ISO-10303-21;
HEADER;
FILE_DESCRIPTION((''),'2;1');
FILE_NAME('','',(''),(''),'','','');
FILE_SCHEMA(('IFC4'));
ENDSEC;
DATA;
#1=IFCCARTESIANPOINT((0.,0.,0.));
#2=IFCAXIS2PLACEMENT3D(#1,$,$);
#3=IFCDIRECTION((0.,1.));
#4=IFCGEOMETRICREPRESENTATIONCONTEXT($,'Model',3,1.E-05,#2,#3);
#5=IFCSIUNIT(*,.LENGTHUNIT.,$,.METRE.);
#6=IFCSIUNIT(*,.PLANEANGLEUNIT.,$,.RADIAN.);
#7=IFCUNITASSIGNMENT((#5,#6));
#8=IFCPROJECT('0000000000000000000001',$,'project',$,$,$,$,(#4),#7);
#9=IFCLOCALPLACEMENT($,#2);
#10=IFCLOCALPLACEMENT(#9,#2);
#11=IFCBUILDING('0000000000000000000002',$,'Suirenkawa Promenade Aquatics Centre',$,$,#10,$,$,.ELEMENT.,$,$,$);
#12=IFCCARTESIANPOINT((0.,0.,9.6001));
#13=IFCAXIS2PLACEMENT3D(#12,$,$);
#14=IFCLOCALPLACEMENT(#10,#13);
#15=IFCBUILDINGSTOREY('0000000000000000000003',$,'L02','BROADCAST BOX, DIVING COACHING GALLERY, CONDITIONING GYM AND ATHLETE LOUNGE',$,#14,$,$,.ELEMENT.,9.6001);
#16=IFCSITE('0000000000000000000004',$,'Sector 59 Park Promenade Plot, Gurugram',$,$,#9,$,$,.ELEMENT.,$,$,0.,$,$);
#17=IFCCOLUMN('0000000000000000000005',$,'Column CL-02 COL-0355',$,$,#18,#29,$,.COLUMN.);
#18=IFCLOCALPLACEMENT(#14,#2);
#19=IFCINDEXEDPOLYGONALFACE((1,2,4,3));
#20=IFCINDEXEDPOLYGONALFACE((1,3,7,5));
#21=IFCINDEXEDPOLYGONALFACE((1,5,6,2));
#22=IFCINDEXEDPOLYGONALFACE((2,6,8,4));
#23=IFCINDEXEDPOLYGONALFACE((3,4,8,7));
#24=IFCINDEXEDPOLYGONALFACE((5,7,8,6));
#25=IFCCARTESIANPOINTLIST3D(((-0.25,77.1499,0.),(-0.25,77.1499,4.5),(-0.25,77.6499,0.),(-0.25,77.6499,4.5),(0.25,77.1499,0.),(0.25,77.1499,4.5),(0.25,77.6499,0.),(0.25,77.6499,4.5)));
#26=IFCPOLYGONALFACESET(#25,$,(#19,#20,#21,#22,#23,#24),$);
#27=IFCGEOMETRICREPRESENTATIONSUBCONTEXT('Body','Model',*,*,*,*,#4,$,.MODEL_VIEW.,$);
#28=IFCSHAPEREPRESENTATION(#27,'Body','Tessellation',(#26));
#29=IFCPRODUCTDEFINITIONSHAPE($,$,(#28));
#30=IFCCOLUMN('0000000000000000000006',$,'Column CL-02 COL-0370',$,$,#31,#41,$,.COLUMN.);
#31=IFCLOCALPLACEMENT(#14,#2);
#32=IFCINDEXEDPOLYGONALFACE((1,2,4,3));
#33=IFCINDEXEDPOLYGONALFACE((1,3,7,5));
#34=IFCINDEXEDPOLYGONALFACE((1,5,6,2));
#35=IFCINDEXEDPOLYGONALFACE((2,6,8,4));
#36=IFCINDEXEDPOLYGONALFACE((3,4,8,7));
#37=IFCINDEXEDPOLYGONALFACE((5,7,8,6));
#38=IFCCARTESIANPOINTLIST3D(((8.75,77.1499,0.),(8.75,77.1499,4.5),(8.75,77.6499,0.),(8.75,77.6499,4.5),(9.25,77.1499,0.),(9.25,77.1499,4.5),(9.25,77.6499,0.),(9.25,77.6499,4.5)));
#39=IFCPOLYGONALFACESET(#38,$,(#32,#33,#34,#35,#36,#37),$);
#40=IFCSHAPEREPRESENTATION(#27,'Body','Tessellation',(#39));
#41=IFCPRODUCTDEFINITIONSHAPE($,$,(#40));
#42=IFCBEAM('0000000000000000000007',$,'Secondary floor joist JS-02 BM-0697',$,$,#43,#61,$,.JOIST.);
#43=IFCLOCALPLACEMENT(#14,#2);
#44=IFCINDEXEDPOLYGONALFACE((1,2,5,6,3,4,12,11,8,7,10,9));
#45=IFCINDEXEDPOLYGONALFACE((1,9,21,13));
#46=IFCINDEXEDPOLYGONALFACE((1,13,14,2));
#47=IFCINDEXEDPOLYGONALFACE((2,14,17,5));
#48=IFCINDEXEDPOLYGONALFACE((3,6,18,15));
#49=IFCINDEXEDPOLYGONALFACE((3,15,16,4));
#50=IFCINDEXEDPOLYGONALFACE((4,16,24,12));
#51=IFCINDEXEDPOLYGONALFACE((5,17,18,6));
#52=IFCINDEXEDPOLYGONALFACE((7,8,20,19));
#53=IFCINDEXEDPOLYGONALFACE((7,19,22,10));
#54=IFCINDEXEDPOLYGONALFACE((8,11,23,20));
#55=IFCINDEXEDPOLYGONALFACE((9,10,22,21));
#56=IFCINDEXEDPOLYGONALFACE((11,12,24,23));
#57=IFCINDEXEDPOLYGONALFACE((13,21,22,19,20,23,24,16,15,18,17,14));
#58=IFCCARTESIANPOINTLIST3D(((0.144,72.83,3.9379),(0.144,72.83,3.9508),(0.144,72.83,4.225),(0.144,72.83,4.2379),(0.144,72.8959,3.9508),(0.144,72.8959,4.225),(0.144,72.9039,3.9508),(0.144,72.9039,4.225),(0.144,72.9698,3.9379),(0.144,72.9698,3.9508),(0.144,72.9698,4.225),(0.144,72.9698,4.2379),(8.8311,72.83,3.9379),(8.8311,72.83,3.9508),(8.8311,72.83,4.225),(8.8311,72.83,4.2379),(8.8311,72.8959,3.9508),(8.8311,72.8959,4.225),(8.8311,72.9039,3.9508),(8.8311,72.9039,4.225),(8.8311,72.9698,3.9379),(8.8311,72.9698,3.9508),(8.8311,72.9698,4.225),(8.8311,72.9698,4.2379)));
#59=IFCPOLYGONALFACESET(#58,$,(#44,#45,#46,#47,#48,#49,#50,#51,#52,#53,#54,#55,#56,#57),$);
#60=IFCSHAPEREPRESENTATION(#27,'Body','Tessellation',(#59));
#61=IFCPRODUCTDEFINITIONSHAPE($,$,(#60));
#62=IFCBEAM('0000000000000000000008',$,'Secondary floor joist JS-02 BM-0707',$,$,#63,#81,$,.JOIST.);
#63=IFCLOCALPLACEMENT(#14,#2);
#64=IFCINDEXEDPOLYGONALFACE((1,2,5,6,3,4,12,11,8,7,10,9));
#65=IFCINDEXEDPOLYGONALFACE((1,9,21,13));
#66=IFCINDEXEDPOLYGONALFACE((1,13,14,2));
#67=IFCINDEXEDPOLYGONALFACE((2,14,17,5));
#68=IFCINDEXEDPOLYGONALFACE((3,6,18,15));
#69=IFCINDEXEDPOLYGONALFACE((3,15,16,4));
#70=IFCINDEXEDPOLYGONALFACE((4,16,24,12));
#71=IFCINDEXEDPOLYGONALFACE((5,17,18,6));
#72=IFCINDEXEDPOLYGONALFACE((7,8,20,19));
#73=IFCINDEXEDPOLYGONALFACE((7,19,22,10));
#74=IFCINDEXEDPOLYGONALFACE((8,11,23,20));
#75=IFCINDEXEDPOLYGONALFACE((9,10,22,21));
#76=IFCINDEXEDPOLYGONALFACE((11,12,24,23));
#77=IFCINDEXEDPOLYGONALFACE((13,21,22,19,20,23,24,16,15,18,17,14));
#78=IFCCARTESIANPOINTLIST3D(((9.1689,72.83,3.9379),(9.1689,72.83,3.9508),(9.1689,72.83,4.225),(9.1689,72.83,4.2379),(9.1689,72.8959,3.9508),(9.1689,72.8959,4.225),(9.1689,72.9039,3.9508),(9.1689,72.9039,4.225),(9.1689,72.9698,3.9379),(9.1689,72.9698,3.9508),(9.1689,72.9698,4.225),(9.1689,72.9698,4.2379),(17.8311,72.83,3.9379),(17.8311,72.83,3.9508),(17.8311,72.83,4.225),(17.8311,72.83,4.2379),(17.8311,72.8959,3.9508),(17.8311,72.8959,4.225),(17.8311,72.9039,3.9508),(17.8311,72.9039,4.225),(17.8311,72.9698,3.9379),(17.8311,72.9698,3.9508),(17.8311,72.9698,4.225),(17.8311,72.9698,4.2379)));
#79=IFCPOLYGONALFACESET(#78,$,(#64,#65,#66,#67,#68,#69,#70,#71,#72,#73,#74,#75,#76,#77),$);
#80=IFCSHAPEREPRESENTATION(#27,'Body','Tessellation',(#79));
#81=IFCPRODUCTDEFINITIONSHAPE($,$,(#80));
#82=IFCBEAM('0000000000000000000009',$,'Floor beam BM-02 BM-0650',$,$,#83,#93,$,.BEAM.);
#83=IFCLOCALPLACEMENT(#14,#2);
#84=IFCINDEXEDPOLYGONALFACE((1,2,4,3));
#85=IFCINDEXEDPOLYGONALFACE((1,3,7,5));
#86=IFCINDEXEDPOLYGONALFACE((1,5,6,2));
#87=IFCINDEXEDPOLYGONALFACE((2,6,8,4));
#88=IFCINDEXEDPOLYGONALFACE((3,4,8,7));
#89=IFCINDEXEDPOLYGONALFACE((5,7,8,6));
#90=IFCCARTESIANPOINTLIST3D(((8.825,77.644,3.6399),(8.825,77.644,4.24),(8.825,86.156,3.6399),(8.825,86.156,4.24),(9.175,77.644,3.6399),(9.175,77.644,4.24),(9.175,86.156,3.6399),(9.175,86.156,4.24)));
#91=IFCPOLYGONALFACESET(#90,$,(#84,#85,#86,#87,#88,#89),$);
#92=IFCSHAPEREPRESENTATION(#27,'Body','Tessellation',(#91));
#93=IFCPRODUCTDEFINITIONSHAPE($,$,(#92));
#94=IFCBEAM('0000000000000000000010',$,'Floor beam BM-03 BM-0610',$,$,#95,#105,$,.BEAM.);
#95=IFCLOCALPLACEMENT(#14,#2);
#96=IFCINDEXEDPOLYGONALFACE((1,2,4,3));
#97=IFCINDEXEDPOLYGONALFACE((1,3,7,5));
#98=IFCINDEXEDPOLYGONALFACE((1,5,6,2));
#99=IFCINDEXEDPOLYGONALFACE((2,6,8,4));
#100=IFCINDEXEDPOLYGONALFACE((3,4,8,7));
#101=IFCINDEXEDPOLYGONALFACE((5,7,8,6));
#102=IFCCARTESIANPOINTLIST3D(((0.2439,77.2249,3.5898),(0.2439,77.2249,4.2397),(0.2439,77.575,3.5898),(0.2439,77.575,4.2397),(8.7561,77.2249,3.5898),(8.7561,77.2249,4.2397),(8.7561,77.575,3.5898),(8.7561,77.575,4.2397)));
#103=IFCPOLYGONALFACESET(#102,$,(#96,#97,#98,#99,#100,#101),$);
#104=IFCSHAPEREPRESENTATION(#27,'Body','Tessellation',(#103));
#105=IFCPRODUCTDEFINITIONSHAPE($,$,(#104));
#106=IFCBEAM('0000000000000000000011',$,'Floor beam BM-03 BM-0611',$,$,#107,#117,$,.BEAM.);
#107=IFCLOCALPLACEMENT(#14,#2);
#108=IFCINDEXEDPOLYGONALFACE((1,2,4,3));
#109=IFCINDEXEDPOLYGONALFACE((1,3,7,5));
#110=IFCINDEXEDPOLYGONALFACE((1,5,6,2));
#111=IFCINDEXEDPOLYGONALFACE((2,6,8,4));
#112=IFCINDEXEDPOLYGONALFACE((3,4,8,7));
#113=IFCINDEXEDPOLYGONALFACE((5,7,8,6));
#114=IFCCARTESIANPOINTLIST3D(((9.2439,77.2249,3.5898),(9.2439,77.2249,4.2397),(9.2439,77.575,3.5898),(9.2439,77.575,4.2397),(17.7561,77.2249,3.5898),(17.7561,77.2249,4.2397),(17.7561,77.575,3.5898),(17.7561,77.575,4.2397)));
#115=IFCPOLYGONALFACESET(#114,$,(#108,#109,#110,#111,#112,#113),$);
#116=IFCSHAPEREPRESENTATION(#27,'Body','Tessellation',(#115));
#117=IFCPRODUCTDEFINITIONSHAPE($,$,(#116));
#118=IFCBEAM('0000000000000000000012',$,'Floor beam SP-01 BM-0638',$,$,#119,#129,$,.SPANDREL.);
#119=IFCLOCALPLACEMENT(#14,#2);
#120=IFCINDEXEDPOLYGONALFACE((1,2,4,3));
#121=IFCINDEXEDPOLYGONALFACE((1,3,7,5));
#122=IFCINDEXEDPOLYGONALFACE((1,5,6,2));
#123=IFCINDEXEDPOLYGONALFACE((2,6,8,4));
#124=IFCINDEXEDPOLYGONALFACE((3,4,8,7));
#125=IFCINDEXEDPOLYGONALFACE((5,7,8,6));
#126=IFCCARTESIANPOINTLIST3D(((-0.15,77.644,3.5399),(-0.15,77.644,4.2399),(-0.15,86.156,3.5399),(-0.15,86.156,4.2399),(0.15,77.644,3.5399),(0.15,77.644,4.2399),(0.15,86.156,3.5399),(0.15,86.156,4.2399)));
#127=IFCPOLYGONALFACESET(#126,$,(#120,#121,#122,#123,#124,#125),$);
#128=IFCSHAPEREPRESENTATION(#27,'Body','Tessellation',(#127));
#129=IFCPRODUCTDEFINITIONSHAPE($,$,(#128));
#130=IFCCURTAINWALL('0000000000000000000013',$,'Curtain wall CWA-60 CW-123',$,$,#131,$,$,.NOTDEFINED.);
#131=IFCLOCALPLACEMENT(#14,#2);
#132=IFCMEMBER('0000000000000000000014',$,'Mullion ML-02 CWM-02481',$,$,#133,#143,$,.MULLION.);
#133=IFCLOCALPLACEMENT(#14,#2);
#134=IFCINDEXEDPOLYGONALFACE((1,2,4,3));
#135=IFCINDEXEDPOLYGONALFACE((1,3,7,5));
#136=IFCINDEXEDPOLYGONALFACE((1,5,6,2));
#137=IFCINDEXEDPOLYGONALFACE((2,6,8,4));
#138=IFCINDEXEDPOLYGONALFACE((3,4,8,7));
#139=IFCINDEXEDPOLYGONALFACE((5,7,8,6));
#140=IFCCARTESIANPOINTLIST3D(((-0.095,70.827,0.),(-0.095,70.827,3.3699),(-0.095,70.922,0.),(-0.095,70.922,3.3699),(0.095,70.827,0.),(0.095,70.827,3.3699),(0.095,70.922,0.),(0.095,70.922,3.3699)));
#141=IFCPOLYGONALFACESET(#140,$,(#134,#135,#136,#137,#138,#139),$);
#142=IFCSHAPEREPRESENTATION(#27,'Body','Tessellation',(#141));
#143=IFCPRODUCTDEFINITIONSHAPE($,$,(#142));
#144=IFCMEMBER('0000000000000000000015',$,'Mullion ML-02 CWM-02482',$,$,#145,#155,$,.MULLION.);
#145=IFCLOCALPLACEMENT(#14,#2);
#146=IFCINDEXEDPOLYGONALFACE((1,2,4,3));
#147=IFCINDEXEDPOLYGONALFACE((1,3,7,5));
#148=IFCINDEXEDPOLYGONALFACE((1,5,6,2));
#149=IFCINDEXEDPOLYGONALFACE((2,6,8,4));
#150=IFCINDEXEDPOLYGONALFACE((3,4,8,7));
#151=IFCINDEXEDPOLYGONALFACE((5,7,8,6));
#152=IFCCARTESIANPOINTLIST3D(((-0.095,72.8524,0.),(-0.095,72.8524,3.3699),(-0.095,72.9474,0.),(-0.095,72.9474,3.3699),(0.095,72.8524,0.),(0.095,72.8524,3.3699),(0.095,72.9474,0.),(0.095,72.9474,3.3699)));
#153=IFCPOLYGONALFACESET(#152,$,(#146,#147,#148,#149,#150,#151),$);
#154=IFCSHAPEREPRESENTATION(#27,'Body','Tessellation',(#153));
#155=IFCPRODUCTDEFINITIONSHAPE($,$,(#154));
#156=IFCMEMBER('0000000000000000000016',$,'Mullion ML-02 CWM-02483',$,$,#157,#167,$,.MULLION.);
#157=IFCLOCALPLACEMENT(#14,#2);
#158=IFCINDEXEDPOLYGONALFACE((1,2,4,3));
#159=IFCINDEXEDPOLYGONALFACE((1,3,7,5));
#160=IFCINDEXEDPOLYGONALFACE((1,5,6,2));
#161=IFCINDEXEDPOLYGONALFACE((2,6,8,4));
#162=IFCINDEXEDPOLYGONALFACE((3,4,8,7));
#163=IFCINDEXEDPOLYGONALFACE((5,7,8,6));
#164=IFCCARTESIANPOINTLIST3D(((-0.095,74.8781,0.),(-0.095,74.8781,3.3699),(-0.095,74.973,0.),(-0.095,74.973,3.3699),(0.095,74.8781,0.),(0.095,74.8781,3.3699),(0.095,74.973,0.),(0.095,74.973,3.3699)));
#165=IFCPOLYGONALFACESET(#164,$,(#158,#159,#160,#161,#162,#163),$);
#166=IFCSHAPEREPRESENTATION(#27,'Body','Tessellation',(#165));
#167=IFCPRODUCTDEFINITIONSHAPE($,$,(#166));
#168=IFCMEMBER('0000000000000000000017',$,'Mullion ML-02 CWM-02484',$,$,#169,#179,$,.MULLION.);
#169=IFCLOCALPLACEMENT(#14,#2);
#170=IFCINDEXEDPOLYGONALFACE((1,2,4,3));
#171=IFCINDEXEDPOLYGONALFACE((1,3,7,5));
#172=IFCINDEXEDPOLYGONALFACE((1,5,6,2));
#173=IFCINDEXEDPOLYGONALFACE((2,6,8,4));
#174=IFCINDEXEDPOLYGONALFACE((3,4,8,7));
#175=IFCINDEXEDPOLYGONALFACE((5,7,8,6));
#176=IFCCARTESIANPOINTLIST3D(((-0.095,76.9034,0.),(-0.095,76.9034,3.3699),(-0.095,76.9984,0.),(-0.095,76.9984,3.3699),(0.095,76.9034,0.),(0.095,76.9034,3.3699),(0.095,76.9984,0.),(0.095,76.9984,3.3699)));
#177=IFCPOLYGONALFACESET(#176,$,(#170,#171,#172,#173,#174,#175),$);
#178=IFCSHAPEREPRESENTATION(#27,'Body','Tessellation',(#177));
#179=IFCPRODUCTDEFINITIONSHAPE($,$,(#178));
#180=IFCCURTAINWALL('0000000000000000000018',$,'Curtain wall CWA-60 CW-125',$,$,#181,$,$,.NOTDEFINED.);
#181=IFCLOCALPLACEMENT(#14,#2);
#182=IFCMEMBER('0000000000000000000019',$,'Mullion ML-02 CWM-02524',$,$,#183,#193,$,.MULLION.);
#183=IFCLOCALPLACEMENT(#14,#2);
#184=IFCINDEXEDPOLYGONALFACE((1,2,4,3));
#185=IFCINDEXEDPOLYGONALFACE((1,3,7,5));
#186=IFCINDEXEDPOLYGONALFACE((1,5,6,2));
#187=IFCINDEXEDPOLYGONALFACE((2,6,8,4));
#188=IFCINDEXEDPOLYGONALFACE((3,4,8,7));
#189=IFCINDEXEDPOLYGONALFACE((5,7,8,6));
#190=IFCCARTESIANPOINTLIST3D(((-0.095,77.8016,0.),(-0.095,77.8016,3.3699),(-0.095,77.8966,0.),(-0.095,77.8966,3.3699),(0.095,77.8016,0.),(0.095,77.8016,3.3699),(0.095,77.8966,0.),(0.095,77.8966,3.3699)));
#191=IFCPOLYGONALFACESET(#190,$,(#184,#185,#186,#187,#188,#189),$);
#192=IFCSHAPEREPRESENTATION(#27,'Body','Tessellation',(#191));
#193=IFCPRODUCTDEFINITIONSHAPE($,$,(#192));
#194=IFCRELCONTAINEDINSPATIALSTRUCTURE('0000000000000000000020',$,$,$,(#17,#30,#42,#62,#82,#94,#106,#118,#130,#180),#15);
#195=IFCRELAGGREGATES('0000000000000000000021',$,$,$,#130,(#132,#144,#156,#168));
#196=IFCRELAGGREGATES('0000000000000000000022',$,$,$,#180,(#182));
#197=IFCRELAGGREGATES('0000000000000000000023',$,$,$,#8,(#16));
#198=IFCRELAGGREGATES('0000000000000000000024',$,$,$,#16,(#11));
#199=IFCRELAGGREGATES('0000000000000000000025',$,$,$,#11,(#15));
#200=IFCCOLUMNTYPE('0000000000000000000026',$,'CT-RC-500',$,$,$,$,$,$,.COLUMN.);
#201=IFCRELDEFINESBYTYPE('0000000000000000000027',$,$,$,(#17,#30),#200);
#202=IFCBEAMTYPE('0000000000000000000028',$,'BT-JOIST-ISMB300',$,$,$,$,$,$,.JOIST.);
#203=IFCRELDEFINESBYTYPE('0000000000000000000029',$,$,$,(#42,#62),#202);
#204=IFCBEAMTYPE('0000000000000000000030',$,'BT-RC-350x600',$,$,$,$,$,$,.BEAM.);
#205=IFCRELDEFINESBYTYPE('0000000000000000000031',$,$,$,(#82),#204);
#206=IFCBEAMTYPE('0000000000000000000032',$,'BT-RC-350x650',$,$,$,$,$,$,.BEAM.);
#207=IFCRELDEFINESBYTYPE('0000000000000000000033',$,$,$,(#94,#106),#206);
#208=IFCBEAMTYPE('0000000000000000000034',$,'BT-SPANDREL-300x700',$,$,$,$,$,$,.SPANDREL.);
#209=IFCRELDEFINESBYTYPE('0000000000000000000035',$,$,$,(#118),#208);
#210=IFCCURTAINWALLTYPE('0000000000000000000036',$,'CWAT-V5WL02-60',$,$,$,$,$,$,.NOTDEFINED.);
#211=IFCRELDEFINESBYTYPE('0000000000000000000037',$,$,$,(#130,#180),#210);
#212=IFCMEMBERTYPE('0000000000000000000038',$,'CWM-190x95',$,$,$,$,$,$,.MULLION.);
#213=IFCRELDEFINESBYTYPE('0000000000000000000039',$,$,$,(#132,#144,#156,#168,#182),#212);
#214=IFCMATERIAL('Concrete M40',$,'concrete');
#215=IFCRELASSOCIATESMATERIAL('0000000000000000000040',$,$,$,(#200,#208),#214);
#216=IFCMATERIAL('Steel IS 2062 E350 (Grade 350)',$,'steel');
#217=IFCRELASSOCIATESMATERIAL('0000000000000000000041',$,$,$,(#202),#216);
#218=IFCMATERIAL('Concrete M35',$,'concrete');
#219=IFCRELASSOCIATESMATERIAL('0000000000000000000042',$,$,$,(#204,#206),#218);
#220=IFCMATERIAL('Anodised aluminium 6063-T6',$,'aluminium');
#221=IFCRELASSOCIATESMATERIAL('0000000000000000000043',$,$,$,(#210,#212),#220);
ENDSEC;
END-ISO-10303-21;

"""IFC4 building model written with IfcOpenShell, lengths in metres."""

from ifc_helpers import new_model, si_unit, direction, frame, origin, origin_2d, place, context, subcontext, project, spatial, rectangle, i_section, extrude, material, material_profile, profile_set, type_object, element, aggregate, save


model = new_model("IFC4")

# Units and contexts
model_context = context("Model", 3, precision=1e-05, world=origin(), true_north=direction((0.0, 1.0)))
body_context = subcontext(model_context, "Body", "Model", "MODEL_VIEW")
ifc_project = project(units=[si_unit("LENGTHUNIT", "METRE"), si_unit("PLANEANGLEUNIT", "RADIAN")], contexts=[model_context])

# Site, building, storey
site_placement = place(None, origin())
site = spatial("IfcSite", under=ifc_project, at=site_placement, Name="Sector 59 Park Promenade Plot, Gurugram", CompositionType="ELEMENT", RefElevation=0.0)
building_placement = place(site_placement, origin())
building = spatial("IfcBuilding", under=site, at=building_placement, Name="Suirenkawa Promenade Aquatics Centre", CompositionType="ELEMENT")
storey_placement = place(building_placement, frame((0.0, 0.0, 9.6001)))
storey = spatial("IfcBuildingStorey", under=building, at=storey_placement, Name="L02", Description="BROADCAST BOX, DIVING COACHING GALLERY, CONDITIONING GYM AND ATHLETE LOUNGE", CompositionType="ELEMENT", Elevation=9.6001)

# Columns
ifc_material_1 = material(Name="Concrete M40", Category="concrete")
ifc_material_profile_1 = material_profile(ifc_material_1, rectangle(XDim=0.5, YDim=0.5, at=origin_2d()), Name="RC COL 500x500", Category="concrete")
ifc_profile_set_1 = profile_set([ifc_material_profile_1], Name="Concrete M40")
column_type = type_object("IfcColumnType", Name="CT-RC-500", PredefinedType="COLUMN", material=ifc_profile_set_1)
for number, where, z_axis, x_axis, name in (
    (1, (0.0, 77.3999, 0.0), (0.0, 0.0, 1.0), (1.0, 0.0, 0.0), "Column CL-02 COL-0355"),
    (2, (9.0, 77.3999, 0.0), (0.0, 0.0, 1.0), (1.0, 0.0, 0.0), "Column CL-02 COL-0370"),
):
    element("IfcColumn", number, at=place(storey_placement, frame(where, z_axis=z_axis, x_axis=x_axis)), inside=storey, type_object=column_type, Name=name, PredefinedType="COLUMN", context=body_context, shape_type="SweptSolid", body=[
        extrude(rectangle(XDim=0.5, YDim=0.5, at=origin_2d()), origin(), (0.0, 0.0, 1.0), 4.5),
    ])

# Beams
ifc_material_2 = material(Name="Steel IS 2062 E350 (Grade 350)", Category="steel")
ifc_material_profile_2 = material_profile(ifc_material_2, i_section(OverallWidth=0.1399, OverallDepth=0.3, WebThickness=0.0081, FlangeThickness=0.0129, at=origin_2d()), Name="ISMB 300", Category="steel")
ifc_profile_set_2 = profile_set([ifc_material_profile_2], Name="Steel IS 2062 E350 (Grade 350)")
beam_type_1 = type_object("IfcBeamType", Name="BT-JOIST-ISMB300", PredefinedType="JOIST", material=ifc_profile_set_2)
beam_1_placement = place(storey_placement, frame((0.144, 72.8999, 4.0879), z_axis=(1.0, 0.0, 0.0), x_axis=(0.0, 1.0, 0.0)))
element("IfcBeam", 3, at=beam_1_placement, inside=storey, type_object=beam_type_1, Name="Secondary floor joist JS-02 BM-0697", PredefinedType="JOIST", context=body_context, shape_type="SweptSolid", body=[
    extrude(i_section(OverallWidth=0.1399, OverallDepth=0.3, WebThickness=0.0081, FlangeThickness=0.0129, at=origin_2d()), origin(), (0.0, 0.0, 1.0), 8.687),
])
beam_2_placement = place(storey_placement, frame((9.1689, 72.8999, 4.0879), z_axis=(1.0, 0.0, 0.0), x_axis=(0.0, 1.0, 0.0)))
element("IfcBeam", 4, at=beam_2_placement, inside=storey, type_object=beam_type_1, Name="Secondary floor joist JS-02 BM-0707", PredefinedType="JOIST", context=body_context, shape_type="SweptSolid", body=[
    extrude(i_section(OverallWidth=0.1399, OverallDepth=0.3, WebThickness=0.0081, FlangeThickness=0.0129, at=origin_2d()), origin(), (0.0, 0.0, 1.0), 8.6621),
])
ifc_material_3 = material(Name="Concrete M35", Category="concrete")
ifc_material_profile_3 = material_profile(ifc_material_3, rectangle(XDim=0.3501, YDim=0.6001, at=origin_2d()), Name="RC BM 350x600", Category="concrete")
ifc_profile_set_3 = profile_set([ifc_material_profile_3], Name="Concrete M35")
beam_type_2 = type_object("IfcBeamType", Name="BT-RC-350x600", PredefinedType="BEAM", material=ifc_profile_set_3)
beam_3_placement = place(storey_placement, frame((9.0, 77.644, 3.9399), z_axis=(0.0, 1.0, 0.0), x_axis=(-1.0, 0.0, 0.0)))
element("IfcBeam", 5, at=beam_3_placement, inside=storey, type_object=beam_type_2, Name="Floor beam BM-02 BM-0650", PredefinedType="BEAM", context=body_context, shape_type="SweptSolid", body=[
    extrude(rectangle(XDim=0.3501, YDim=0.6001, at=origin_2d()), origin(), (0.0, 0.0, 1.0), 8.512),
])
ifc_material_profile_4 = material_profile(ifc_material_3, rectangle(XDim=0.3501, YDim=0.6499, at=origin_2d()), Name="RC BM 350x650", Category="concrete")
ifc_profile_set_4 = profile_set([ifc_material_profile_4], Name="Concrete M35")
beam_type_3 = type_object("IfcBeamType", Name="BT-RC-350x650", PredefinedType="BEAM", material=ifc_profile_set_4)
for number, where, z_axis, x_axis, name in (
    (6, (0.2439, 77.3999, 3.9148), (1.0, 0.0, 0.0), (0.0, 1.0, 0.0), "Floor beam BM-03 BM-0610"),
    (7, (9.2439, 77.3999, 3.9148), (1.0, 0.0, 0.0), (0.0, 1.0, 0.0), "Floor beam BM-03 BM-0611"),
):
    element("IfcBeam", number, at=place(storey_placement, frame(where, z_axis=z_axis, x_axis=x_axis)), inside=storey, type_object=beam_type_3, Name=name, PredefinedType="BEAM", context=body_context, shape_type="SweptSolid", body=[
        extrude(rectangle(XDim=0.3501, YDim=0.6499, at=origin_2d()), origin(), (0.0, 0.0, 1.0), 8.5122),
    ])
ifc_material_profile_5 = material_profile(ifc_material_1, rectangle(XDim=0.3, YDim=0.7, at=origin_2d()), Name="RC SPANDREL 300x700", Category="concrete")
ifc_profile_set_5 = profile_set([ifc_material_profile_5], Name="Concrete M40")
beam_type_4 = type_object("IfcBeamType", Name="BT-SPANDREL-300x700", PredefinedType="SPANDREL", material=ifc_profile_set_5)
beam_4_placement = place(storey_placement, frame((0.0, 77.644, 3.8899), z_axis=(0.0, 1.0, 0.0), x_axis=(-1.0, 0.0, 0.0)))
element("IfcBeam", 8, at=beam_4_placement, inside=storey, type_object=beam_type_4, Name="Floor beam SP-01 BM-0638", PredefinedType="SPANDREL", context=body_context, shape_type="SweptSolid", body=[
    extrude(rectangle(XDim=0.3, YDim=0.7, at=origin_2d()), origin(), (0.0, 0.0, 1.0), 8.512),
])

# Curtain walls, members
ifc_material_4 = material(Name="Anodised aluminium 6063-T6", Category="aluminium")
curtain_wall_type = type_object("IfcCurtainWallType", Name="CWAT-V5WL02-60", PredefinedType="NOTDEFINED", material=ifc_material_4)
curtain_wall_1_placement = place(storey_placement, origin())
curtain_wall_1 = element("IfcCurtainWall", 9, at=curtain_wall_1_placement, inside=storey, type_object=curtain_wall_type, Name="Curtain wall CWA-60 CW-123", PredefinedType="NOTDEFINED")
ifc_material_profile_6 = material_profile(ifc_material_4, rectangle(XDim=0.095, YDim=0.1899, at=origin_2d()), Name="ALU MULL 95x190", Category="aluminium")
ifc_profile_set_6 = profile_set([ifc_material_profile_6], Name="Anodised aluminium 6063-T6")
member_type_1 = type_object("IfcMemberType", Name="CWM-190x95", PredefinedType="MULLION", material=ifc_profile_set_6)
member_1_placement = place(storey_placement, frame((0.0, 70.8745, 0.0), z_axis=(0.0, 0.0, 1.0), x_axis=(0.0, 1.0, 0.0)))
member_1 = element("IfcMember", 10, at=member_1_placement, type_object=member_type_1, Name="Mullion ML-02 CWM-02481", PredefinedType="MULLION", context=body_context, shape_type="SweptSolid", body=[
    extrude(rectangle(XDim=0.095, YDim=0.1899, at=origin_2d()), origin(), (0.0, 0.0, 1.0), 3.3699),
])
member_2_placement = place(storey_placement, frame((0.0, 72.8999, 0.0), z_axis=(0.0, 0.0, 1.0), x_axis=(0.0, 1.0, 0.0)))
member_2 = element("IfcMember", 11, at=member_2_placement, type_object=member_type_1, Name="Mullion ML-02 CWM-02482", PredefinedType="MULLION", context=body_context, shape_type="SweptSolid", body=[
    extrude(rectangle(XDim=0.095, YDim=0.1899, at=origin_2d()), origin(), (0.0, 0.0, 1.0), 3.3699),
])
member_3_placement = place(storey_placement, frame((0.0, 74.9255, 0.0), z_axis=(0.0, 0.0, 1.0), x_axis=(0.0, 1.0, 0.0)))
member_3 = element("IfcMember", 12, at=member_3_placement, type_object=member_type_1, Name="Mullion ML-02 CWM-02483", PredefinedType="MULLION", context=body_context, shape_type="SweptSolid", body=[
    extrude(rectangle(XDim=0.095, YDim=0.1899, at=origin_2d()), origin(), (0.0, 0.0, 1.0), 3.3699),
])
member_4_placement = place(storey_placement, frame((0.0, 76.9509, 0.0), z_axis=(0.0, 0.0, 1.0), x_axis=(0.0, 1.0, 0.0)))
member_4 = element("IfcMember", 13, at=member_4_placement, type_object=member_type_1, Name="Mullion ML-02 CWM-02484", PredefinedType="MULLION", context=body_context, shape_type="SweptSolid", body=[
    extrude(rectangle(XDim=0.095, YDim=0.1899, at=origin_2d()), origin(), (0.0, 0.0, 1.0), 3.3699),
])
curtain_wall_2_placement = place(storey_placement, origin())
curtain_wall_2 = element("IfcCurtainWall", 14, at=curtain_wall_2_placement, inside=storey, type_object=curtain_wall_type, Name="Curtain wall CWA-60 CW-125", PredefinedType="NOTDEFINED")
member_5_placement = place(storey_placement, frame((0.0, 77.8491, 0.0), z_axis=(0.0, 0.0, 1.0), x_axis=(0.0, 1.0, 0.0)))
member_5 = element("IfcMember", 15, at=member_5_placement, type_object=member_type_1, Name="Mullion ML-02 CWM-02524", PredefinedType="MULLION", context=body_context, shape_type="SweptSolid", body=[
    extrude(rectangle(XDim=0.095, YDim=0.1899, at=origin_2d()), origin(), (0.0, 0.0, 1.0), 3.3699),
])

aggregate(curtain_wall_1, [member_1, member_2, member_3, member_4])
aggregate(curtain_wall_2, [member_5])

save(model, "model.ifc")
